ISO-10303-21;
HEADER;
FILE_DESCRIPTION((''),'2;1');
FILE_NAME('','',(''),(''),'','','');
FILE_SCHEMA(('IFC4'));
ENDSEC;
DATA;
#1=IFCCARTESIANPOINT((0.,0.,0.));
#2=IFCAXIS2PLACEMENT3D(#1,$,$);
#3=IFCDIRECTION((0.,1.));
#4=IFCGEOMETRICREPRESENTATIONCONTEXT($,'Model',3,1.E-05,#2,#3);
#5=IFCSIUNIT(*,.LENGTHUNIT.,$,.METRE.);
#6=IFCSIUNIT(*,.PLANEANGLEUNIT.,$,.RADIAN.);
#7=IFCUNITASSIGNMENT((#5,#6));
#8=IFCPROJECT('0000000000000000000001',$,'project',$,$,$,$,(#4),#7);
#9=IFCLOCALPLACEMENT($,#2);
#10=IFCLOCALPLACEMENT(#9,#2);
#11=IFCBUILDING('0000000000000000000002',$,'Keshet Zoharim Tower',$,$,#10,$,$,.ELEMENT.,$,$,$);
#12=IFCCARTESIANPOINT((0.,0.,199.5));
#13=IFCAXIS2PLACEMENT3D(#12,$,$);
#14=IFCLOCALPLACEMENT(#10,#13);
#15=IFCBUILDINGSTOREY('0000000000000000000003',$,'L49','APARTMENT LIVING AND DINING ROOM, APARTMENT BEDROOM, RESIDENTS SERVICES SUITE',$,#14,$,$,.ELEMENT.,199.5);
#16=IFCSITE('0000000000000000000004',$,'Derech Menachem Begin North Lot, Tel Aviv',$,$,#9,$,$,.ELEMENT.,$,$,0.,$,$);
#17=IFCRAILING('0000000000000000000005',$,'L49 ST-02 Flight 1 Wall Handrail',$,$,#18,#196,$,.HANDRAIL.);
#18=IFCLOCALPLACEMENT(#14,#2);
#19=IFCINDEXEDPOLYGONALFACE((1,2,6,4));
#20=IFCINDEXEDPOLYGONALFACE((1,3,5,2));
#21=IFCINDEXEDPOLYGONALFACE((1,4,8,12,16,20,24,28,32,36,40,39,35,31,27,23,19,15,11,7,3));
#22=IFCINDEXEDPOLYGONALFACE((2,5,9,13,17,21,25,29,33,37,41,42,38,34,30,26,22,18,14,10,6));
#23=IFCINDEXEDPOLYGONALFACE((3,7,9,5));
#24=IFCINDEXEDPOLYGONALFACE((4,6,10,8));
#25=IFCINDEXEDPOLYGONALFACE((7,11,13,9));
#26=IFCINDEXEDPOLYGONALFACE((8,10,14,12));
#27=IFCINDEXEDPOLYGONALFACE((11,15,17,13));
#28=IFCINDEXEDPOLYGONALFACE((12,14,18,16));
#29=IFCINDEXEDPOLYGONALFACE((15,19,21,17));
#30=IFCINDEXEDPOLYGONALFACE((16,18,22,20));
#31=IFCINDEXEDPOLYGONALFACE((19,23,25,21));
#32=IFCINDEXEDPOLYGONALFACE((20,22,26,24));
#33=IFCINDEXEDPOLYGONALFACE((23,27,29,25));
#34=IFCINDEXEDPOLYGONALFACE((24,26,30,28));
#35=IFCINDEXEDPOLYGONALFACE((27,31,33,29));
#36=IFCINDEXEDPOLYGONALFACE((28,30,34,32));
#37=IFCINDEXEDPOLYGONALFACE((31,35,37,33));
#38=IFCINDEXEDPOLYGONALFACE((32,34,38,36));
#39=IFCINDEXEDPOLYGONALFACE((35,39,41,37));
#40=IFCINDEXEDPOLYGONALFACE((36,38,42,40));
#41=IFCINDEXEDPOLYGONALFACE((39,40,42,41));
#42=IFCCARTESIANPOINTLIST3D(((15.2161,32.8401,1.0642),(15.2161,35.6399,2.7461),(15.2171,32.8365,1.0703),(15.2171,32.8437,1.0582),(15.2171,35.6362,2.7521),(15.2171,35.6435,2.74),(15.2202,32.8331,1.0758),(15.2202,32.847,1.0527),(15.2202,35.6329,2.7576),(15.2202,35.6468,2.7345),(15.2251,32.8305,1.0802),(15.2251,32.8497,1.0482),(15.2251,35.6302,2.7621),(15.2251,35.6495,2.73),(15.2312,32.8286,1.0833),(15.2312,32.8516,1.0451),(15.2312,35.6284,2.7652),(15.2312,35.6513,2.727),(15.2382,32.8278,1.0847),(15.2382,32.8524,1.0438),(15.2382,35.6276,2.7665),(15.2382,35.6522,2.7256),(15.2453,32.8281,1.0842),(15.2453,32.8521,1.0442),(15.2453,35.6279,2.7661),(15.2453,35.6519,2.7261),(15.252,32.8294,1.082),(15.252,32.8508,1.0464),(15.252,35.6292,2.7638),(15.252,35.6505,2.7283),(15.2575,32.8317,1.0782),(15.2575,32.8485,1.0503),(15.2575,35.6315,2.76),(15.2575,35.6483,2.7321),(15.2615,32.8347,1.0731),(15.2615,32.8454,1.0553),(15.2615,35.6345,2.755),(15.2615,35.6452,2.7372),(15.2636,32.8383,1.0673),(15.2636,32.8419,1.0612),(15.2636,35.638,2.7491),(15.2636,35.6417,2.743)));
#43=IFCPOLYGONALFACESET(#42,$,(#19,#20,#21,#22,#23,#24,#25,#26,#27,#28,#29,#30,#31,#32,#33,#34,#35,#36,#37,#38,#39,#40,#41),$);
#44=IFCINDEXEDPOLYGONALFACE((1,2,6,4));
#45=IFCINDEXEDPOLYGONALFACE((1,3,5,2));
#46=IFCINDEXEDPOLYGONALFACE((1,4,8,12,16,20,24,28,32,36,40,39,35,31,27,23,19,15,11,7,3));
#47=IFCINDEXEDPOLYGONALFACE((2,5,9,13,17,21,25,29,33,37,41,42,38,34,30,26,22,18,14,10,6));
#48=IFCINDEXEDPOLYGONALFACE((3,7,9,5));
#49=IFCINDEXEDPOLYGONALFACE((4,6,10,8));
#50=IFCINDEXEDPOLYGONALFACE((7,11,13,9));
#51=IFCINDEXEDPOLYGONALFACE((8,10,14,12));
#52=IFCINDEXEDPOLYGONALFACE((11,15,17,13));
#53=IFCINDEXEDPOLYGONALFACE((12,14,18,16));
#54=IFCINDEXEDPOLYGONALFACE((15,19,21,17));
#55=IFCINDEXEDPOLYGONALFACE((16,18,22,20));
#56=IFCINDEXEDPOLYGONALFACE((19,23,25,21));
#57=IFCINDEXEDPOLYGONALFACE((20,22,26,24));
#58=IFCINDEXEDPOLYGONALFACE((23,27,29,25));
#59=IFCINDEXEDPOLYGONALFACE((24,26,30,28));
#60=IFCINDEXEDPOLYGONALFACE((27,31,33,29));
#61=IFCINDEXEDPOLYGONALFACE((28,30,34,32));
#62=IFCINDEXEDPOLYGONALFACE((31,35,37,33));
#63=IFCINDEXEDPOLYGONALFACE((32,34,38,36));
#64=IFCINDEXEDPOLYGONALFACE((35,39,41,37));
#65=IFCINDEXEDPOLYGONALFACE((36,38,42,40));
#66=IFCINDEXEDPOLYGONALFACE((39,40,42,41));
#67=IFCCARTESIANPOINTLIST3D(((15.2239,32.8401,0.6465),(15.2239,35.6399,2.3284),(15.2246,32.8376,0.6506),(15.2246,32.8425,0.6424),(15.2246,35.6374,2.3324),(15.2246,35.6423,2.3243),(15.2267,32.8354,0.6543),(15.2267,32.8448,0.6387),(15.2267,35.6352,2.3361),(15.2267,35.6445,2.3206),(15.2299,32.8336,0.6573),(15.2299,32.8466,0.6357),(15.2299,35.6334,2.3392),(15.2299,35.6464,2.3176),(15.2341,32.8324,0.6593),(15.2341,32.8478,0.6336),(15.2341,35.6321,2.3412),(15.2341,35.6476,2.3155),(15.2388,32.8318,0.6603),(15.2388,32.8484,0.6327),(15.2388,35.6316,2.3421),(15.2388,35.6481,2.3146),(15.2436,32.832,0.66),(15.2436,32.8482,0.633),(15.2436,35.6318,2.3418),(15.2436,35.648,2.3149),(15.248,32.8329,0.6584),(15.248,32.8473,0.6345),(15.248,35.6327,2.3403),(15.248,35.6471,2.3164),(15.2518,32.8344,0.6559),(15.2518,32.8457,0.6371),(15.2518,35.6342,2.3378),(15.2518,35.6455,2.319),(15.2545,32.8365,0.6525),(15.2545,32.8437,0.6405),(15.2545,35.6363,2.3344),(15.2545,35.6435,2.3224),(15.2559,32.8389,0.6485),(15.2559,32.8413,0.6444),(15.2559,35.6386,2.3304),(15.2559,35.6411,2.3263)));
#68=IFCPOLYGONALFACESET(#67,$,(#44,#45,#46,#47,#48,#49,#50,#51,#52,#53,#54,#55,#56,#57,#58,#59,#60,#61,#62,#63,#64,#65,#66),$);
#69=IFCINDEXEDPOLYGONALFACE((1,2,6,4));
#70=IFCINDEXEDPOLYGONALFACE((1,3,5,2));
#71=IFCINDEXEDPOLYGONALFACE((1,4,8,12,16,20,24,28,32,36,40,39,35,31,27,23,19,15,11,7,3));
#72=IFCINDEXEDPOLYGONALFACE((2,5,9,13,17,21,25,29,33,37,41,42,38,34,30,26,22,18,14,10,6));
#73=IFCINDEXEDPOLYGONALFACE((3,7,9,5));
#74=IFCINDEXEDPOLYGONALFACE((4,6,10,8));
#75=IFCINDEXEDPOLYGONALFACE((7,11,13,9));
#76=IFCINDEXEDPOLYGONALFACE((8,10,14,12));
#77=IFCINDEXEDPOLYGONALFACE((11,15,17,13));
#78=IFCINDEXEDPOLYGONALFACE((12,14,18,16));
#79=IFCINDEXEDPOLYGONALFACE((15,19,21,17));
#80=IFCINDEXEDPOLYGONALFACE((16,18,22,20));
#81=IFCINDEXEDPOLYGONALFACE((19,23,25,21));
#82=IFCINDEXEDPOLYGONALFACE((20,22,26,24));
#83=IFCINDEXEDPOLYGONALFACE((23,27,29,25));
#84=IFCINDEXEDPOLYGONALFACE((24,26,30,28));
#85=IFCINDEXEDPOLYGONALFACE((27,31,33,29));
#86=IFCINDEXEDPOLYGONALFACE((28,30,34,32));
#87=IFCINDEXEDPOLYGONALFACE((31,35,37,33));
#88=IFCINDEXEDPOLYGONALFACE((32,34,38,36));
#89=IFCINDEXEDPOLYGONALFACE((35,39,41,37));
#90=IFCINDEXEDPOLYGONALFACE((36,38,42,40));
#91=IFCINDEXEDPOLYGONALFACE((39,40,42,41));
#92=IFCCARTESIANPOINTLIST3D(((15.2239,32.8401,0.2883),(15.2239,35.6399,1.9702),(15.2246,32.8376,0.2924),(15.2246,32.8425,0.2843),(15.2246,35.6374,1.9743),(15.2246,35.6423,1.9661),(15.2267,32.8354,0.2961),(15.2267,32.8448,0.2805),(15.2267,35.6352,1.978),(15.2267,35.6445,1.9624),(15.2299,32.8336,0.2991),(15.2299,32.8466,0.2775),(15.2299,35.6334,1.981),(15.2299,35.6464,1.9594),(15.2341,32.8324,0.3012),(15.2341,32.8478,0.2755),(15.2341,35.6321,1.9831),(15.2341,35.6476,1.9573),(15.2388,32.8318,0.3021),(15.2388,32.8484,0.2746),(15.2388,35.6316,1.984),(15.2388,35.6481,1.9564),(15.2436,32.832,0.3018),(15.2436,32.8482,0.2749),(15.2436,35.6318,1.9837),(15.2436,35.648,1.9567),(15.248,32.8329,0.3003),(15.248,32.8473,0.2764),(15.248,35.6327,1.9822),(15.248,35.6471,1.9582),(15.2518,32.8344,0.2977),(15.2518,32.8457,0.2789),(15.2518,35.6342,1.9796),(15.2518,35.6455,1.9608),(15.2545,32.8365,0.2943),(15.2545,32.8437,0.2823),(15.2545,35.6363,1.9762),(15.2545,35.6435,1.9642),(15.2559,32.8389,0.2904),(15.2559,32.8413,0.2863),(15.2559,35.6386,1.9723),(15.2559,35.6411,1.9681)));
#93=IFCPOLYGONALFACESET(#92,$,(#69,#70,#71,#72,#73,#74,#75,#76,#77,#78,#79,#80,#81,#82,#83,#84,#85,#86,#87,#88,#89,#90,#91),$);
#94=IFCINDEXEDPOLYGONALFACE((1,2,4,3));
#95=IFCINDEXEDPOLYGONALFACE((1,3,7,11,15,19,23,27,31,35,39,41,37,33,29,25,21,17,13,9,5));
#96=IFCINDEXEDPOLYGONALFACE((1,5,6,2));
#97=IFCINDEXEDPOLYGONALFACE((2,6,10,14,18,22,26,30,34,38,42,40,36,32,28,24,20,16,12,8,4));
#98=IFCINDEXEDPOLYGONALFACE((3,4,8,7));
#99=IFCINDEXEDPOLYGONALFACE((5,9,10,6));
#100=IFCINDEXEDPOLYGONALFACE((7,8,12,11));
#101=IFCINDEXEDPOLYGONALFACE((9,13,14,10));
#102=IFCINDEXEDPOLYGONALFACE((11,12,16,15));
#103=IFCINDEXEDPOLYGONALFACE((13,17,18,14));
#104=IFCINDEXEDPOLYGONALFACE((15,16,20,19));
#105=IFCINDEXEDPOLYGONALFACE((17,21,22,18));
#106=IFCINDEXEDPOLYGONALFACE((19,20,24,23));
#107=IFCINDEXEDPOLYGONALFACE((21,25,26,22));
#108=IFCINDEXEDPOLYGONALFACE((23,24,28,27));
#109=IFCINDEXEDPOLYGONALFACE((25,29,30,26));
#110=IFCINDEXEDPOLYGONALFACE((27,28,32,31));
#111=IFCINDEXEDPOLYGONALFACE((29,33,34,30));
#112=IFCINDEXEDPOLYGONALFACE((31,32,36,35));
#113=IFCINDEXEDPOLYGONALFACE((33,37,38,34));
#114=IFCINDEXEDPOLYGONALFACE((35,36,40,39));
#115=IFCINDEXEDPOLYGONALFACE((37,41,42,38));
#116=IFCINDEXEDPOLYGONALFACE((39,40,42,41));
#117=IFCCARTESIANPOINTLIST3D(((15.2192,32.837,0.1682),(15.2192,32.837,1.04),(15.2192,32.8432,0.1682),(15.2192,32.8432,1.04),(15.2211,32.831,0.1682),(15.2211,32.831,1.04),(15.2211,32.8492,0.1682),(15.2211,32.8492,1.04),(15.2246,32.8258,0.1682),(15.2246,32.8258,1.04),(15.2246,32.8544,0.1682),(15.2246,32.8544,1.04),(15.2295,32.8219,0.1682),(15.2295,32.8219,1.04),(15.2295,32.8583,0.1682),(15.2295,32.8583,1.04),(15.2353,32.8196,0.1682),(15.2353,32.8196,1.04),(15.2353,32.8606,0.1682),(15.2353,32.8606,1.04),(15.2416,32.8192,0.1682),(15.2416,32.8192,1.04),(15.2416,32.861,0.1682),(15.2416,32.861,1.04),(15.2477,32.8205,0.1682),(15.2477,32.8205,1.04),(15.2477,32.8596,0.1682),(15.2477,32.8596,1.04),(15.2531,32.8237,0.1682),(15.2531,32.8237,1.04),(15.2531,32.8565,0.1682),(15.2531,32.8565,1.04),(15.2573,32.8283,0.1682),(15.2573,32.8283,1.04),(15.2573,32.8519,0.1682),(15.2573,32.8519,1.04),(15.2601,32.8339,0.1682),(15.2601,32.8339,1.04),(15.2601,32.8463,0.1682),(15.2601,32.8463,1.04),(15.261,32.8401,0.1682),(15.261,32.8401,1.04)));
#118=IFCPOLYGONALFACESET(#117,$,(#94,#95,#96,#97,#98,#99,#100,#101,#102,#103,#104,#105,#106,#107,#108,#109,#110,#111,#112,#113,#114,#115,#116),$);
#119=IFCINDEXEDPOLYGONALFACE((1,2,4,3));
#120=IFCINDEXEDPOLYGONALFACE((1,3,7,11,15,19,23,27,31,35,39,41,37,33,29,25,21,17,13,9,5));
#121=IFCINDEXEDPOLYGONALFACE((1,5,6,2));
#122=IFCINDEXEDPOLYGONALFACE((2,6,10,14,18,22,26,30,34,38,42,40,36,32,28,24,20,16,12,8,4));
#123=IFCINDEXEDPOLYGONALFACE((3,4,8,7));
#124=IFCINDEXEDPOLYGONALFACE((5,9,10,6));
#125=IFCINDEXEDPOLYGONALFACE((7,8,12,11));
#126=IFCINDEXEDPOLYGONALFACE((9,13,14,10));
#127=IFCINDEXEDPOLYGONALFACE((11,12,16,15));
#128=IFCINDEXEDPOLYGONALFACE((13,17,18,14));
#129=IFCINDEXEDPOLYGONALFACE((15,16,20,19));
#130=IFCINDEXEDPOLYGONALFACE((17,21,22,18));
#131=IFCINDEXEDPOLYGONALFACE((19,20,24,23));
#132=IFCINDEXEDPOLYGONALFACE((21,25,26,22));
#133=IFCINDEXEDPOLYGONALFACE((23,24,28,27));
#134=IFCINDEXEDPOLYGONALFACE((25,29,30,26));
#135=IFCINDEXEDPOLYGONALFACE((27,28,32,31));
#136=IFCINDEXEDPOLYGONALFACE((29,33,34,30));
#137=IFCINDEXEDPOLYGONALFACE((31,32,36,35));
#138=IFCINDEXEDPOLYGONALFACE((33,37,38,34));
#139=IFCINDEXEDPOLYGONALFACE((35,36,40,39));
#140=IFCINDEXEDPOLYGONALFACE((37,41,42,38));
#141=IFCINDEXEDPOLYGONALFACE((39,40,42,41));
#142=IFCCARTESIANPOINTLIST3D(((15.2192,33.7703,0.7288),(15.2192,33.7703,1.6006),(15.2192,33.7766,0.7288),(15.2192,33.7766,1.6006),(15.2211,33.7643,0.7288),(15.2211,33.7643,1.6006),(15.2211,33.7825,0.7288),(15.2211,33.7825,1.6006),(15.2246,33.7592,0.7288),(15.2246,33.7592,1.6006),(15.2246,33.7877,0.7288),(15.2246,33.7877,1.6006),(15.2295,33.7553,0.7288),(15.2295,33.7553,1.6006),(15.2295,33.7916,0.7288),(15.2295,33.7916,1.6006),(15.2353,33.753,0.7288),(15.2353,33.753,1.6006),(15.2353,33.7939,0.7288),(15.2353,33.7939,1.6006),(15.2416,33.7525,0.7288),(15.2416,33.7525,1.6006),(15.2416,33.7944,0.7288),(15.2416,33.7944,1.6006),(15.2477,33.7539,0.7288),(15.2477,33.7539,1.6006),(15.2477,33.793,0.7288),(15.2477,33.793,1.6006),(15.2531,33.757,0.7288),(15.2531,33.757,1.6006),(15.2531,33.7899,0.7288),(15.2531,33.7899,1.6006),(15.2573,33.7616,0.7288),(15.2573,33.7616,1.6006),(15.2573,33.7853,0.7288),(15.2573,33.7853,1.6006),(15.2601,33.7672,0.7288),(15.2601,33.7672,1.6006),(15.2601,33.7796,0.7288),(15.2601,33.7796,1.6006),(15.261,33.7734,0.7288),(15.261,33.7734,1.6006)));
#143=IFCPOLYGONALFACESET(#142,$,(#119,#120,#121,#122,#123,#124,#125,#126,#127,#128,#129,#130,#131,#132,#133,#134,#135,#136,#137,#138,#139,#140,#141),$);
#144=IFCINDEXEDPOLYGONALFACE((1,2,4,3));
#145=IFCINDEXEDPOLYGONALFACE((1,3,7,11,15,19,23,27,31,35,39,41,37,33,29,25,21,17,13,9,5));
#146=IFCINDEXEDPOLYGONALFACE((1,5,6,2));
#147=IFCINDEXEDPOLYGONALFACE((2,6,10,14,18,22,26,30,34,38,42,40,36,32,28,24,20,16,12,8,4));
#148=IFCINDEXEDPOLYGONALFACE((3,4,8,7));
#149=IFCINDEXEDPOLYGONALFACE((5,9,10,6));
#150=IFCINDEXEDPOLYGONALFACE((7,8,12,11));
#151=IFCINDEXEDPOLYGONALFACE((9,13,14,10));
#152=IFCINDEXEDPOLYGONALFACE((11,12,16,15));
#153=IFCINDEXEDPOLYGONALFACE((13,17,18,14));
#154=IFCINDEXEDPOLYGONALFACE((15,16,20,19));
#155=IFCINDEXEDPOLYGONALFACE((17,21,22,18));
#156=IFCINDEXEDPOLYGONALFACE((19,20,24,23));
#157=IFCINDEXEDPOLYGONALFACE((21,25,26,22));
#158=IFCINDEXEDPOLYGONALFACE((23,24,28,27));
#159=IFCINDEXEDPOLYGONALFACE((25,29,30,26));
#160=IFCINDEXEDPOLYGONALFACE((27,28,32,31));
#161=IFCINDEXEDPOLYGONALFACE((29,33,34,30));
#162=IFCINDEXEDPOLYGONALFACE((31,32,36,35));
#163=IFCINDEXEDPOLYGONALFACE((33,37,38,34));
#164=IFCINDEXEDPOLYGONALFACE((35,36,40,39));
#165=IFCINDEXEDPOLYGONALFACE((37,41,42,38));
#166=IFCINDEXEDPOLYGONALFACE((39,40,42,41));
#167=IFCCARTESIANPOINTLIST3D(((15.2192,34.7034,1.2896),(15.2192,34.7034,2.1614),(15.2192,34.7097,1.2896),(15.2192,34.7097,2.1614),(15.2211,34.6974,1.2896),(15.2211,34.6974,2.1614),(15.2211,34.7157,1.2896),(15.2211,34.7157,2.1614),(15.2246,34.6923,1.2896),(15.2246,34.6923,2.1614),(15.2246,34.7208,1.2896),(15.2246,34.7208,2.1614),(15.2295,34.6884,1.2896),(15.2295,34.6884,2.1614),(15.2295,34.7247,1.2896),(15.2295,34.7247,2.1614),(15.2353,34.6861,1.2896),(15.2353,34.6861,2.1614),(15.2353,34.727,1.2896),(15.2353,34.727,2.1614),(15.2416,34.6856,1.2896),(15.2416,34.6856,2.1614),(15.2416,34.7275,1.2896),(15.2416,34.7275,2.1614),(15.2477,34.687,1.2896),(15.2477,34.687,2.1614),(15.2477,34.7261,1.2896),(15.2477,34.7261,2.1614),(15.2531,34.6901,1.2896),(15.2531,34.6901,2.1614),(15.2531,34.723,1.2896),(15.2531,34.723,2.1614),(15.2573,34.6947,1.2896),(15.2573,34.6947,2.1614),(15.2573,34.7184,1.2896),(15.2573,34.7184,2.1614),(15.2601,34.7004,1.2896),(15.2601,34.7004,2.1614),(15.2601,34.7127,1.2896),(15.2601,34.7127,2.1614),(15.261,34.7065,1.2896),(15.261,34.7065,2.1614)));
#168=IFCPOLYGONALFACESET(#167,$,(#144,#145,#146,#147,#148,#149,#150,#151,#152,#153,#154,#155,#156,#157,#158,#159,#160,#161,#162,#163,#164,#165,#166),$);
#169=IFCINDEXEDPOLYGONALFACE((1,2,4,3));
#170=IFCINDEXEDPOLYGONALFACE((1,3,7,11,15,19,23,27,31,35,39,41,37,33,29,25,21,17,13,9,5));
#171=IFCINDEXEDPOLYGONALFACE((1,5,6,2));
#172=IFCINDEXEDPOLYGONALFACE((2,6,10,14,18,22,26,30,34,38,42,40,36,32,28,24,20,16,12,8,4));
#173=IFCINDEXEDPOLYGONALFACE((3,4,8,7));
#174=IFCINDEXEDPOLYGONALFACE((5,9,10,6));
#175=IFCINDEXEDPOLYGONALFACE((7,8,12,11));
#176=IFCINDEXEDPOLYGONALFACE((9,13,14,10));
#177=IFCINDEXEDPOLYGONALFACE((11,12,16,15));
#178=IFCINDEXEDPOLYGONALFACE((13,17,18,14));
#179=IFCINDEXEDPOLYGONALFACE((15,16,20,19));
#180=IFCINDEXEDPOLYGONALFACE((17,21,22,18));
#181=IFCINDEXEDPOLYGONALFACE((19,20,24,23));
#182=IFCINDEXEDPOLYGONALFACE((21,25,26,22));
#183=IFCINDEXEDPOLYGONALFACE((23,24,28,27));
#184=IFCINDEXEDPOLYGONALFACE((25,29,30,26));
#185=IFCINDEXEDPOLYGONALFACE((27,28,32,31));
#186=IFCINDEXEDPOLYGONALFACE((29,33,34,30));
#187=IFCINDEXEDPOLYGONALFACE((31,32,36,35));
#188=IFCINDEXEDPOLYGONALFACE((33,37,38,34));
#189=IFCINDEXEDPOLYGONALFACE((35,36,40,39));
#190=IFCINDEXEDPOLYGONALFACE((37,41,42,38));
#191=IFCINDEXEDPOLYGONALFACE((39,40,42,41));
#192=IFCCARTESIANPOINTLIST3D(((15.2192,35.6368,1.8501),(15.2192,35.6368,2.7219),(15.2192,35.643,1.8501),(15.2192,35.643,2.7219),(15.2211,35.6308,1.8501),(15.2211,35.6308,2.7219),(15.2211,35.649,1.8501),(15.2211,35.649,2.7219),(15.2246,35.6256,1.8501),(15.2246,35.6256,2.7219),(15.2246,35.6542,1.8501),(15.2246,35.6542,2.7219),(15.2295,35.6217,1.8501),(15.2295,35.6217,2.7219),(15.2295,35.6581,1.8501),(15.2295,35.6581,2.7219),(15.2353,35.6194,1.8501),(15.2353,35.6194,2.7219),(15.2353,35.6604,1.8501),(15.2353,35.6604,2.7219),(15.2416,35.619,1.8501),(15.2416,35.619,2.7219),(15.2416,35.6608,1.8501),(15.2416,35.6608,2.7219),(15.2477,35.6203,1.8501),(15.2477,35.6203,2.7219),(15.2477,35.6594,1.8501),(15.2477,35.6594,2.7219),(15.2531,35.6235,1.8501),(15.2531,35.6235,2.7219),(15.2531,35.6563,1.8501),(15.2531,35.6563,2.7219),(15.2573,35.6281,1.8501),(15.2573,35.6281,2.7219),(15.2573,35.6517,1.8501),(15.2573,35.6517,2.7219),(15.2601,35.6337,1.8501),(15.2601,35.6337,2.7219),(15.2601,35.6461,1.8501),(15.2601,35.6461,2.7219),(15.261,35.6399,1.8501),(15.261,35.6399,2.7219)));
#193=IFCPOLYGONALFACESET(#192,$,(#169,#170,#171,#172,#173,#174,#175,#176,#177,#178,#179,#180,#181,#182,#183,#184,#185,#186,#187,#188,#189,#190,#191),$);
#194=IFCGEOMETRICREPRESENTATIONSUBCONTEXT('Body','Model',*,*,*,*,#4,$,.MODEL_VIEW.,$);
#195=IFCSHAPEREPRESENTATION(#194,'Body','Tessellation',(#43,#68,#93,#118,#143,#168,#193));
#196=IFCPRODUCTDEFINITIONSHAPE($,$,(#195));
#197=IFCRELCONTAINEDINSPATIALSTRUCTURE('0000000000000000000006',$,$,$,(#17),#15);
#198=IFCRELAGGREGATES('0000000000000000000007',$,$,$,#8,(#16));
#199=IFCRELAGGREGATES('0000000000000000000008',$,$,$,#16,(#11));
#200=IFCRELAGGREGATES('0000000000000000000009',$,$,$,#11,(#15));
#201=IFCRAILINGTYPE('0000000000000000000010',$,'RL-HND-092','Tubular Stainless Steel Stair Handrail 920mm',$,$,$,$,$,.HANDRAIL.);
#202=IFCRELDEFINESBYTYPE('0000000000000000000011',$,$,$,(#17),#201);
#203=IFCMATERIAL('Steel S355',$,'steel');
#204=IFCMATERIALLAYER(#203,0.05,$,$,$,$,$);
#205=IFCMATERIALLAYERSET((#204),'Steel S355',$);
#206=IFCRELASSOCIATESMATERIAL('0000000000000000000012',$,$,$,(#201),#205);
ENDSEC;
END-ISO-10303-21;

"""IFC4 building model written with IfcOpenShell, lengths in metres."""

from ifc_helpers import new_model, si_unit, direction, frame, origin, origin_2d, place, context, subcontext, project, spatial, circle, extrude, material, layer, layer_set, type_object, element, save


model = new_model("IFC4")

# Units and contexts
model_context = context("Model", 3, precision=1e-05, world=origin(), true_north=direction((0.0, 1.0)))
body_context = subcontext(model_context, "Body", "Model", "MODEL_VIEW")
ifc_project = project(units=[si_unit("LENGTHUNIT", "METRE"), si_unit("PLANEANGLEUNIT", "RADIAN")], contexts=[model_context])

# Site, building, storey
site_placement = place(None, origin())
site = spatial("IfcSite", under=ifc_project, at=site_placement, Name="Derech Menachem Begin North Lot, Tel Aviv", CompositionType="ELEMENT", RefElevation=0.0)
building_placement = place(site_placement, origin())
building = spatial("IfcBuilding", under=site, at=building_placement, Name="Keshet Zoharim Tower", CompositionType="ELEMENT")
storey_placement = place(building_placement, frame((0.0, 0.0, 199.5)))
storey = spatial("IfcBuildingStorey", under=building, at=storey_placement, Name="L49", Description="APARTMENT LIVING AND DINING ROOM, APARTMENT BEDROOM, RESIDENTS SERVICES SUITE", CompositionType="ELEMENT", Elevation=199.5)

# Shared definitions
ifc_material_1 = material(Name="Steel S355", Category="steel")

# Railing
ifc_layer_1 = layer(ifc_material_1, 0.05)
ifc_layer_set_1 = layer_set([ifc_layer_1], Name="Steel S355")
railing_type_1 = type_object("IfcRailingType", Name="RL-HND-092", Description="Tubular Stainless Steel Stair Handrail 920mm", PredefinedType="HANDRAIL", material=ifc_layer_set_1)
railing_1_placement = place(storey_placement, frame((15.24, 32.8401, 0.1682)))
element("IfcRailing", 1, at=railing_1_placement, inside=storey, type_object=railing_type_1, Name="L49 ST-02 Flight 1 Wall Handrail", PredefinedType="HANDRAIL", context=body_context, shape_type="SweptSolid", body=[
    extrude(circle(Radius=0.0239, at=origin_2d()), frame((0.0, 0.0, 0.896), z_axis=(0.0, 0.857222, 0.514946), x_axis=(-1.0, 0.0, 0.0)), (0.0, 0.0, 1.0), 3.2661),
    extrude(circle(Radius=0.0161, at=origin_2d()), frame((0.0, 0.0, 0.4783), z_axis=(0.0, 0.857222, 0.514946), x_axis=(-1.0, 0.0, 0.0)), (0.0, 0.0, 1.0), 3.2661),
    extrude(circle(Radius=0.0161, at=origin_2d()), frame((0.0, 0.0, 0.1201), z_axis=(0.0, 0.857222, 0.514946), x_axis=(-1.0, 0.0, 0.0)), (0.0, 0.0, 1.0), 3.2661),
    extrude(circle(Radius=0.021, at=origin_2d()), origin(), (0.0, 0.0, 1.0), 0.8718),
    extrude(circle(Radius=0.021, at=origin_2d()), frame((0.0, 0.9333, 0.5605)), (0.0, 0.0, 1.0), 0.8718),
    extrude(circle(Radius=0.021, at=origin_2d()), frame((0.0, 1.8665, 1.1213)), (0.0, 0.0, 1.0), 0.8718),
    extrude(circle(Radius=0.021, at=origin_2d()), frame((0.0, 2.7998, 1.6819)), (0.0, 0.0, 1.0), 0.8718),
])

save(model, "model.ifc")
